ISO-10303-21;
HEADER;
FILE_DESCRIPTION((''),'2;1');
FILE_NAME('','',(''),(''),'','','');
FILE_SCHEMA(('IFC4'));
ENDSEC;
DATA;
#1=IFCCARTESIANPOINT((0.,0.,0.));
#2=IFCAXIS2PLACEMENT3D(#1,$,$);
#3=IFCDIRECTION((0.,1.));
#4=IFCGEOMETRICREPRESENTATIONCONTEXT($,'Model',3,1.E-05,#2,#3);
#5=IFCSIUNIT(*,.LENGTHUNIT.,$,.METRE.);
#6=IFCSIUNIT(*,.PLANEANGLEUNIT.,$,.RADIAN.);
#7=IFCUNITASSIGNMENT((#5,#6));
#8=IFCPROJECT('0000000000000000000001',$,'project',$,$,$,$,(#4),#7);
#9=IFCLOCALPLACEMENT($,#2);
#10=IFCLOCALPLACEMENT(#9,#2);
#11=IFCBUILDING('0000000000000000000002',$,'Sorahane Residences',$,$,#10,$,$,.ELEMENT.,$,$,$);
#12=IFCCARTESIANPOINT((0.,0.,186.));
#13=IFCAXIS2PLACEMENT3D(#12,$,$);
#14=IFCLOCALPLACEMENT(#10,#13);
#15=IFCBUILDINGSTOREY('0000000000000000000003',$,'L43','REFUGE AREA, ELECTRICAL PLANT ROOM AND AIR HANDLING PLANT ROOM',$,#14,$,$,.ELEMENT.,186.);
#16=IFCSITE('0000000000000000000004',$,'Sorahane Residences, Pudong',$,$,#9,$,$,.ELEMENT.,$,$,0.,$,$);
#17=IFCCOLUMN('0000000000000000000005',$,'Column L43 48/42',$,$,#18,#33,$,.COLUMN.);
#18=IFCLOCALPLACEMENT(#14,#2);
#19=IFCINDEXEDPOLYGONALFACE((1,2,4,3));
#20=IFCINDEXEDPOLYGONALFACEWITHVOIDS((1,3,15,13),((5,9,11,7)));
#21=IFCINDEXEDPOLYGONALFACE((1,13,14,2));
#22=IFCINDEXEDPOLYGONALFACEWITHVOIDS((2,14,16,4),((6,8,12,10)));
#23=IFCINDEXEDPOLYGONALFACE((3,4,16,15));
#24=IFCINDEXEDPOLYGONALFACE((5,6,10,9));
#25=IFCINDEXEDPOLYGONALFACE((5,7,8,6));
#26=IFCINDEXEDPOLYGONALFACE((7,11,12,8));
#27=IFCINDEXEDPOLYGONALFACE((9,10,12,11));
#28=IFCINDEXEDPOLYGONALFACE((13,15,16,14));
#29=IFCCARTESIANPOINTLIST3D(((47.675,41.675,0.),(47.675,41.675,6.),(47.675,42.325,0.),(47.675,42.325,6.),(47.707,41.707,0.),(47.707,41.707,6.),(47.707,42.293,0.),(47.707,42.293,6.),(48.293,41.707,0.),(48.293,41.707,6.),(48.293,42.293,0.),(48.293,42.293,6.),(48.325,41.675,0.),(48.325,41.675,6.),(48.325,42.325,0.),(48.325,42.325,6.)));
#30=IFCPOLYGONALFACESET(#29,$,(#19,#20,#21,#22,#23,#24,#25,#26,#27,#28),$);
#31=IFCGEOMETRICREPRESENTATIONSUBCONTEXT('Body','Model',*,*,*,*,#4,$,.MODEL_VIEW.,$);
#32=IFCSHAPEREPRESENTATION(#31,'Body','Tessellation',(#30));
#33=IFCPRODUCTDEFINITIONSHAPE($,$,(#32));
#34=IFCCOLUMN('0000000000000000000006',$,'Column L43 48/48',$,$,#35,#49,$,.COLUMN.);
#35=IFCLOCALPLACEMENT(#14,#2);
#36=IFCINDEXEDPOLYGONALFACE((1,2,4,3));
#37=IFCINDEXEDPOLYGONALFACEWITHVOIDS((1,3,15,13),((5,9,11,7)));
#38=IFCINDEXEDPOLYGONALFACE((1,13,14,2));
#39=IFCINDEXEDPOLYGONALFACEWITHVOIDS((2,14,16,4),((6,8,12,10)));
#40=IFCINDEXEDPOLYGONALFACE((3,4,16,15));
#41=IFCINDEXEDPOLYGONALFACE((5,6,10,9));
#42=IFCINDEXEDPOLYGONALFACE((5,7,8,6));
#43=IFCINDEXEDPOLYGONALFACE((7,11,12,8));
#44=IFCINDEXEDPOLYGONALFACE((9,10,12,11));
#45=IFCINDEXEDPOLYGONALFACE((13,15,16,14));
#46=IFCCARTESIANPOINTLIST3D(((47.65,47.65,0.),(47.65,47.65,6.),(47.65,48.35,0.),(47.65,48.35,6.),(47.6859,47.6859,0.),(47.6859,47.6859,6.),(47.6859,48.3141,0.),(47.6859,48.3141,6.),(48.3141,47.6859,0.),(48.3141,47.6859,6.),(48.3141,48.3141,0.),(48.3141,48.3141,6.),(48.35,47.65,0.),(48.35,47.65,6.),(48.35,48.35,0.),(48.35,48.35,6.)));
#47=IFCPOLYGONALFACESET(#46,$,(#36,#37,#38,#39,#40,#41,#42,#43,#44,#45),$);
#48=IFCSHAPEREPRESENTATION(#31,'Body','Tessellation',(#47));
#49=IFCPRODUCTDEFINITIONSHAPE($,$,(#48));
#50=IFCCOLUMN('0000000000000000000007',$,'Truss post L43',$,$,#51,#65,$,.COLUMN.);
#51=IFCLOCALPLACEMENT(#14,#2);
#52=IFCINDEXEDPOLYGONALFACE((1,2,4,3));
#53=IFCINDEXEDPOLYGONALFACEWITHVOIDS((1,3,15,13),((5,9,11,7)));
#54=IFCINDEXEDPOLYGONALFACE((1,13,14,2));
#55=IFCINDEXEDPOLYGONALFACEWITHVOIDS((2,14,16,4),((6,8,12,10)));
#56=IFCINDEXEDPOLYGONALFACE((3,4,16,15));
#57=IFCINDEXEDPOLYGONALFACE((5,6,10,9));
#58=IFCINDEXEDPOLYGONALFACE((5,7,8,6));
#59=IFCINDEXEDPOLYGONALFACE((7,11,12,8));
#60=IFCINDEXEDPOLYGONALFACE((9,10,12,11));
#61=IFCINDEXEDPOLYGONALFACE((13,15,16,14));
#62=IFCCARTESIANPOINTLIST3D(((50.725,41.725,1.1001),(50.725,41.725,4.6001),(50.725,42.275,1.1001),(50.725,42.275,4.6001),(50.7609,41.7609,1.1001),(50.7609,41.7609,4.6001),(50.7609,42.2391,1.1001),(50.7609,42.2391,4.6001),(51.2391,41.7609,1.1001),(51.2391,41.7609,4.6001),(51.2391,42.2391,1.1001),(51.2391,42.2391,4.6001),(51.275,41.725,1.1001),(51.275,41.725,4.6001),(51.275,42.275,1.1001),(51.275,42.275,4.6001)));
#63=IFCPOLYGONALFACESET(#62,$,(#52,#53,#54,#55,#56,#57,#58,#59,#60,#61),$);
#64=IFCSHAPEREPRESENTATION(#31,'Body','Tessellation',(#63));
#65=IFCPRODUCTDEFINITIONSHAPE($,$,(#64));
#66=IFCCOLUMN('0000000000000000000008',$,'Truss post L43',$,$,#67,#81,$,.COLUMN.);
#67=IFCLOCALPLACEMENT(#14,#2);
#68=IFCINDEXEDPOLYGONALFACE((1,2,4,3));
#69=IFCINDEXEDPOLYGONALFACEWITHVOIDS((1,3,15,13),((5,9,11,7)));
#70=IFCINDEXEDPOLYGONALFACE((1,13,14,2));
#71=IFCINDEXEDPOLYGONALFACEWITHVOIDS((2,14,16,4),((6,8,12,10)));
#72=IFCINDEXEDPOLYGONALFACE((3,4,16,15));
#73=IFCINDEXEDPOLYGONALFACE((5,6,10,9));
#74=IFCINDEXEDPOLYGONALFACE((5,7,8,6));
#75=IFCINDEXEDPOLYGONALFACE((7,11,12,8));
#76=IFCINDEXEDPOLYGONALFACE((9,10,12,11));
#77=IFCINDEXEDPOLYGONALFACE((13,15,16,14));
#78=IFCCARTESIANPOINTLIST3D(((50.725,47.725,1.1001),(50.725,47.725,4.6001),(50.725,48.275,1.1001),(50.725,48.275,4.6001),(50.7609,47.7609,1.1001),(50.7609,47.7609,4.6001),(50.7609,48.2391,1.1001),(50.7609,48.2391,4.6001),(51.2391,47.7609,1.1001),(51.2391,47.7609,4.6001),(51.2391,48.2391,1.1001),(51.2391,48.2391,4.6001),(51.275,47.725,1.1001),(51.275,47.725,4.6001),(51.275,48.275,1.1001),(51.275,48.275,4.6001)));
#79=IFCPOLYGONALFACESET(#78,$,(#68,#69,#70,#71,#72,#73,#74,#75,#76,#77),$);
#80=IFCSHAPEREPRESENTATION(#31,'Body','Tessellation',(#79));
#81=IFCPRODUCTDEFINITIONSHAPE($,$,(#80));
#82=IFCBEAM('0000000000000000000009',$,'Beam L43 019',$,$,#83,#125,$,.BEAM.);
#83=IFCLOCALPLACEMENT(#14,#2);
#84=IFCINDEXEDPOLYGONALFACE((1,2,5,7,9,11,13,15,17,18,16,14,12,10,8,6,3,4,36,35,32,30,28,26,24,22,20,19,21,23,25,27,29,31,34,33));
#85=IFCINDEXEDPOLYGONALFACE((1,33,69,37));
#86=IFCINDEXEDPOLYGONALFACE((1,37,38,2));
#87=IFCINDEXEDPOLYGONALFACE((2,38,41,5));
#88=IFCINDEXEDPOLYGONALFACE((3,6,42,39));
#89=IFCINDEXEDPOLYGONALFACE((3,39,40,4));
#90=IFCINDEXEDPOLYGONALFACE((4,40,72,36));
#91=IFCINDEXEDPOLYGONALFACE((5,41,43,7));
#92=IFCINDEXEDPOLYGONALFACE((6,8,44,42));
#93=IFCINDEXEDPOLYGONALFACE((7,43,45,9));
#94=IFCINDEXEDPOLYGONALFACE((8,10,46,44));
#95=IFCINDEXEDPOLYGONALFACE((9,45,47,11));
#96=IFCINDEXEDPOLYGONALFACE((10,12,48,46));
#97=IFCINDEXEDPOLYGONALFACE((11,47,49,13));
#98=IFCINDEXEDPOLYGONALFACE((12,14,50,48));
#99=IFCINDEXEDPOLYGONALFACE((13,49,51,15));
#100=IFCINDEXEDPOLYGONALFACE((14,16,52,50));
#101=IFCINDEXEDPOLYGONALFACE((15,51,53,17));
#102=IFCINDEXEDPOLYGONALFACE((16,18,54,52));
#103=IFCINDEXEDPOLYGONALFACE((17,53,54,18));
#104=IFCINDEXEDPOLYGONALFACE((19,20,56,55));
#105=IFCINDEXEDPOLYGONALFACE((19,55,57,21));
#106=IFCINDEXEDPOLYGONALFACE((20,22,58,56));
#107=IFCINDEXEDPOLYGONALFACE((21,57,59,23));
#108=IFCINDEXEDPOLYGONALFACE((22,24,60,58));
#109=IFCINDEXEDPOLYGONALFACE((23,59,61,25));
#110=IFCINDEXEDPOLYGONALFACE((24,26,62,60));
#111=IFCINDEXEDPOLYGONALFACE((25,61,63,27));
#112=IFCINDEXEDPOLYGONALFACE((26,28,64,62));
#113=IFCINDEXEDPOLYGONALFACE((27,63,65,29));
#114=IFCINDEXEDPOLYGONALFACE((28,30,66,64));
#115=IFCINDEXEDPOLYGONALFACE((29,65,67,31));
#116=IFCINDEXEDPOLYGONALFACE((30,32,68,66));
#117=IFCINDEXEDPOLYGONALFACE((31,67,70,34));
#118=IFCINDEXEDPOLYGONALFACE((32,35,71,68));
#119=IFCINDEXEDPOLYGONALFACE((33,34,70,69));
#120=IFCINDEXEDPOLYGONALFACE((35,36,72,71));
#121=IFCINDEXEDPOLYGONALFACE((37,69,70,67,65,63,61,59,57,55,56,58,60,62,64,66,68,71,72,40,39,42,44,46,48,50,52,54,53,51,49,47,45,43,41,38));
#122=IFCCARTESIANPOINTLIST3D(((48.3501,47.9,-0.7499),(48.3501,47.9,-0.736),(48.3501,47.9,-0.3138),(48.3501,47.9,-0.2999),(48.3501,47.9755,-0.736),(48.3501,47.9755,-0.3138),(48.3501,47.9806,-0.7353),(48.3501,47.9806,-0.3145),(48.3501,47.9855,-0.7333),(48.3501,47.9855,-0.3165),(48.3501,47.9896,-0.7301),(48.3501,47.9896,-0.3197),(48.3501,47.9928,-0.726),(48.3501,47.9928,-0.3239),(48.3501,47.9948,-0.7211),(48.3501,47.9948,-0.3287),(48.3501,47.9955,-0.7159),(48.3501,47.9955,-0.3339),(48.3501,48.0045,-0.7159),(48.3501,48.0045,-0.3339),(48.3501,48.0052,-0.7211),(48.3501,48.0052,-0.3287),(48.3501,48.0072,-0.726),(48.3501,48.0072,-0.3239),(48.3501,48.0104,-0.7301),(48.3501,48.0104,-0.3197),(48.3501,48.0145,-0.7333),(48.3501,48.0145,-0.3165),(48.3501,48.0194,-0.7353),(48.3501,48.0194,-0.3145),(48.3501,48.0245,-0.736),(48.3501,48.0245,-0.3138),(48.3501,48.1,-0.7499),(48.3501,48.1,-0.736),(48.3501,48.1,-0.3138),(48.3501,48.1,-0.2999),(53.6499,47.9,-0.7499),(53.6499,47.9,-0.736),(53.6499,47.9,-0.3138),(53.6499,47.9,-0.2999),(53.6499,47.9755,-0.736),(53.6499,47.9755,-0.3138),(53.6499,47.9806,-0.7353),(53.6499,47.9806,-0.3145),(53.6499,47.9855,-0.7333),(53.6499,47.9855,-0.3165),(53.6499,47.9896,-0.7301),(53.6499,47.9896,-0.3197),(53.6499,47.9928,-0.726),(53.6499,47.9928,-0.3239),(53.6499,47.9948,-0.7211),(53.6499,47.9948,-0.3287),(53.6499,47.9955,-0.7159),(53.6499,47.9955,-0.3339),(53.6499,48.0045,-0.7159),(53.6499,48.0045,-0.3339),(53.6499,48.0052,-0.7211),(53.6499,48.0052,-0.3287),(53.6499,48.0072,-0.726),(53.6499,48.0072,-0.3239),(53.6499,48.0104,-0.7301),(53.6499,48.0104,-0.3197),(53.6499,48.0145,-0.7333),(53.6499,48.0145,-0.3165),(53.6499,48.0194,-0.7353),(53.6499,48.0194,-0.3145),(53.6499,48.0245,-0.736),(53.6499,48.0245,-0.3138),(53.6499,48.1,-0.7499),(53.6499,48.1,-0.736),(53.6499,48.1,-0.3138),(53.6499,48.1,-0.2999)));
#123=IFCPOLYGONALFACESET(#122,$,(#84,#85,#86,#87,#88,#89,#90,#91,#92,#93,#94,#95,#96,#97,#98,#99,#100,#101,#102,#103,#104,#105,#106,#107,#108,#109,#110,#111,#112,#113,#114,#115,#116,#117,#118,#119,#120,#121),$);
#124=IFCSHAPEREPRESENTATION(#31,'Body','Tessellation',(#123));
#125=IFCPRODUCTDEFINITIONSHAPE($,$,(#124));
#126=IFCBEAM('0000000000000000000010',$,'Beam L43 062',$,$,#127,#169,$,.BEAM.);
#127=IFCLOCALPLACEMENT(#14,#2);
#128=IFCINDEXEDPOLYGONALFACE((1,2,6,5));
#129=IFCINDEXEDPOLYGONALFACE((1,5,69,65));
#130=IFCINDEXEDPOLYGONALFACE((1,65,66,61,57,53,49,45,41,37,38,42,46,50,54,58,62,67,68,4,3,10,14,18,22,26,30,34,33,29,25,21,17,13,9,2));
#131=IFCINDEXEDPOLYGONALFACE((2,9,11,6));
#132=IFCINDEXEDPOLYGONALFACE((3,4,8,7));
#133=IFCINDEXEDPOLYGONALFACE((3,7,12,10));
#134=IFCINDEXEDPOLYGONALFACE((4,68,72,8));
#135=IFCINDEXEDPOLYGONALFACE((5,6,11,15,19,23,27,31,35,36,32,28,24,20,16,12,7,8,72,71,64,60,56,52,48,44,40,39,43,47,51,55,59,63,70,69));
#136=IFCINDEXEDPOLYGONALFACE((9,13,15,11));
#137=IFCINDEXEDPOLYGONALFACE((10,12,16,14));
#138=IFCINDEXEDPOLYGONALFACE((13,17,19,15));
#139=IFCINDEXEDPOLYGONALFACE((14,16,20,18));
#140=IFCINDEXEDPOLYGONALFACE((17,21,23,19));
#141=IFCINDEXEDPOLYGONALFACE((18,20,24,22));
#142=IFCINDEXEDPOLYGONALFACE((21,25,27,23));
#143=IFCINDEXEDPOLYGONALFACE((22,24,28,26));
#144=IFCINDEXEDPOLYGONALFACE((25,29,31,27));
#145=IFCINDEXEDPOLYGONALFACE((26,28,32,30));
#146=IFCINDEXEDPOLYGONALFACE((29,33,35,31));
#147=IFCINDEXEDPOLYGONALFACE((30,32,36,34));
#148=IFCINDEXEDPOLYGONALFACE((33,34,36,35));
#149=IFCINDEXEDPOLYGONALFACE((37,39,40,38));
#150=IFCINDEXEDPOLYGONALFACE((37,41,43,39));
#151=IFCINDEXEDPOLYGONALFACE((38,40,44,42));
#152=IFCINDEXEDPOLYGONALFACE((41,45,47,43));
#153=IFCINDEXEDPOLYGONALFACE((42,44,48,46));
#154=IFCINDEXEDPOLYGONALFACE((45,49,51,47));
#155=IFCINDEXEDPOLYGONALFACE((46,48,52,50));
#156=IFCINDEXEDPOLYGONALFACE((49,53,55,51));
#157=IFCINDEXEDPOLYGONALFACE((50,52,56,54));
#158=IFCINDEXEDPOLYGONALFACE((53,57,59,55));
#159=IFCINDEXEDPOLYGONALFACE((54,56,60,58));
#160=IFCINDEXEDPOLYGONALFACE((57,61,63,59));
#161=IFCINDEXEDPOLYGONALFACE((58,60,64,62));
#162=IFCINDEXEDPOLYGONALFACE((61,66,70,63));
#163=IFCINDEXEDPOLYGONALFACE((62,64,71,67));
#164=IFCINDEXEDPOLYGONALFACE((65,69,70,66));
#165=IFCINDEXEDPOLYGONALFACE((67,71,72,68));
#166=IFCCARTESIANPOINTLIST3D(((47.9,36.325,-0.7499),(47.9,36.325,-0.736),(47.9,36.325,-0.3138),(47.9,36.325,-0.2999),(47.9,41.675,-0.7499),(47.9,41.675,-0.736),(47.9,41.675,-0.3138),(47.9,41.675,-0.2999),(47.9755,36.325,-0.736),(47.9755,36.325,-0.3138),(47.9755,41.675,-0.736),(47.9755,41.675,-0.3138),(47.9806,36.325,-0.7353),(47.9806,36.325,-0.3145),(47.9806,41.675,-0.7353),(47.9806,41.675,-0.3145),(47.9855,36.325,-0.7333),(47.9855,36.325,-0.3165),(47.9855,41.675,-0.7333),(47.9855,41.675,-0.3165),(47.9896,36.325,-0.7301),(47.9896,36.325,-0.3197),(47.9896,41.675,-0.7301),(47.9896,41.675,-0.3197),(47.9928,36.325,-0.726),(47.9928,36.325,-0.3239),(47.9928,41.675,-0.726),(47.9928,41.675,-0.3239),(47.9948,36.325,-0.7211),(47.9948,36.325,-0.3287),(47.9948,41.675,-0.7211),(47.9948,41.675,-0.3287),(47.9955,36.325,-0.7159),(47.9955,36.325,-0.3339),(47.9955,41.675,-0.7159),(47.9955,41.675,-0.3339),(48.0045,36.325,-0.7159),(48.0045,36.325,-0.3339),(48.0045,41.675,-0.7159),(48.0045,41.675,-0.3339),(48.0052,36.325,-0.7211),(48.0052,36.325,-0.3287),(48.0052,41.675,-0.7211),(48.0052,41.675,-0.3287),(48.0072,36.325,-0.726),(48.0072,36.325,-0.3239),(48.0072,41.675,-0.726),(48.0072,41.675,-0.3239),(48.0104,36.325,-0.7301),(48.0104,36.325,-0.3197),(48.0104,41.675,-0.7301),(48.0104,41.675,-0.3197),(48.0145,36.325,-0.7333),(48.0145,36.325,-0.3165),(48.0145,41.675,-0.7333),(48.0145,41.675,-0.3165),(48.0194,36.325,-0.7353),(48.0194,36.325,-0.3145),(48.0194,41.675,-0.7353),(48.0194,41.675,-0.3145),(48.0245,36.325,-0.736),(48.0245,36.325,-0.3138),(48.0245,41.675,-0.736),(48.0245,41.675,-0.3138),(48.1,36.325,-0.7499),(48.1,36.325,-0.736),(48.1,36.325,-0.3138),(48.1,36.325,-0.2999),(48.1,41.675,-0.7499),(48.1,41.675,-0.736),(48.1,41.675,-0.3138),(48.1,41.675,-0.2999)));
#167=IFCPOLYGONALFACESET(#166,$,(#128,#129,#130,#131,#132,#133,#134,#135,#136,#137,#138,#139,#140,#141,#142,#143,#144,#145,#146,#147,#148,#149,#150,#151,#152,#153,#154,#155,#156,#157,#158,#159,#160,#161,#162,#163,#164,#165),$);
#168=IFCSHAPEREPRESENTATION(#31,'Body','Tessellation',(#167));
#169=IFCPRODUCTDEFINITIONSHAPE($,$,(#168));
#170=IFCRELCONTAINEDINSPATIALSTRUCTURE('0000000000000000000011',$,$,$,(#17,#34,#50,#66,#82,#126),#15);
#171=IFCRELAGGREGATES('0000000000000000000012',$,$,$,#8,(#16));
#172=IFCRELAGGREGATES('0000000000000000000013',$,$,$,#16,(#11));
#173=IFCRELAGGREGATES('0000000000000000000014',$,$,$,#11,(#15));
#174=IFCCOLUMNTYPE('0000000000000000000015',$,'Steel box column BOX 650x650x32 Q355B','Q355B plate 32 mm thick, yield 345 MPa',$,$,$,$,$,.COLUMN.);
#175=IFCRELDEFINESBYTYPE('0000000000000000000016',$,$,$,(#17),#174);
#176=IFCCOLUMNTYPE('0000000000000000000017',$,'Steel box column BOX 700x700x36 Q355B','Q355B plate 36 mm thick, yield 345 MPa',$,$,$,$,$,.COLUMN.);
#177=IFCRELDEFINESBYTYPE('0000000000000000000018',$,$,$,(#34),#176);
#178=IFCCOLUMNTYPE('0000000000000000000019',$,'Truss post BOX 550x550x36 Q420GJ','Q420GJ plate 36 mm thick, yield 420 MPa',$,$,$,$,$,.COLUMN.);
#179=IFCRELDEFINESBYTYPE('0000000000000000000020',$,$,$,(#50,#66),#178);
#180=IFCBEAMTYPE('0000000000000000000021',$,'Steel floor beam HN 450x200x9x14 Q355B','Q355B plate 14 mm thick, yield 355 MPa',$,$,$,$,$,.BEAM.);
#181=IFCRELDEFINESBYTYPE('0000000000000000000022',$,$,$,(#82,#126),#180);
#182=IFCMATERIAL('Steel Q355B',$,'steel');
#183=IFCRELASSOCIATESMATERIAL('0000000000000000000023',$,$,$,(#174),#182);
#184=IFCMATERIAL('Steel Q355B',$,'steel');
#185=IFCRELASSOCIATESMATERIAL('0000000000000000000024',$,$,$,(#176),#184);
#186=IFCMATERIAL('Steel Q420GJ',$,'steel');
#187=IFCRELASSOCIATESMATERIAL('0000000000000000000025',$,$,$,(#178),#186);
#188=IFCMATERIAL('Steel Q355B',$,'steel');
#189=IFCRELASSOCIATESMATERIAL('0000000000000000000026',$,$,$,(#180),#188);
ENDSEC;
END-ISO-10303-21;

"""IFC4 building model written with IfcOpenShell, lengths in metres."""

from ifc_helpers import new_model, si_unit, direction, frame, origin, origin_2d, place, context, subcontext, project, spatial, hollow_rectangle, i_section, extrude, material, material_profile, profile_set, type_object, element, save


model = new_model("IFC4")

# Units and contexts
model_context = context("Model", 3, precision=1e-05, world=origin(), true_north=direction((0.0, 1.0)))
body_context = subcontext(model_context, "Body", "Model", "MODEL_VIEW")
ifc_project = project(units=[si_unit("LENGTHUNIT", "METRE"), si_unit("PLANEANGLEUNIT", "RADIAN")], contexts=[model_context])

# Site, building, storey
site_placement = place(None, origin())
site = spatial("IfcSite", under=ifc_project, at=site_placement, Name="Sorahane Residences, Pudong", CompositionType="ELEMENT", RefElevation=0.0)
building_placement = place(site_placement, origin())
building = spatial("IfcBuilding", under=site, at=building_placement, Name="Sorahane Residences", CompositionType="ELEMENT")
storey_placement = place(building_placement, frame((0.0, 0.0, 186.0)))
storey = spatial("IfcBuildingStorey", under=building, at=storey_placement, Name="L43", Description="REFUGE AREA, ELECTRICAL PLANT ROOM AND AIR HANDLING PLANT ROOM", CompositionType="ELEMENT", Elevation=186.0)

# Columns
ifc_material_1 = material(Name="Steel Q355B", Category="steel")
ifc_material_profile_1 = material_profile(ifc_material_1, hollow_rectangle(XDim=0.6499, YDim=0.6499, WallThickness=0.032, at=origin_2d()), Name="BOX 650x650x32")
ifc_profile_set_1 = profile_set([ifc_material_profile_1], Name="Steel Q355B")
column_type_1 = type_object("IfcColumnType", Name="Steel box column BOX 650x650x32 Q355B", Description="Q355B plate 32 mm thick, yield 345 MPa", PredefinedType="COLUMN", material=ifc_profile_set_1)
column_1_placement = place(storey_placement, frame((48.0, 42.0, 0.0), z_axis=(0.0, 0.0, 1.0), x_axis=(1.0, 0.0, 0.0)))
element("IfcColumn", 1, at=column_1_placement, inside=storey, type_object=column_type_1, Name="Column L43 48/42", PredefinedType="COLUMN", context=body_context, shape_type="SweptSolid", body=[
    extrude(hollow_rectangle(XDim=0.6499, YDim=0.6499, WallThickness=0.032, at=origin_2d()), origin(), (0.0, 0.0, 1.0), 6.0),
])
ifc_material_2 = material(Name="Steel Q355B", Category="steel")
ifc_material_profile_2 = material_profile(ifc_material_2, hollow_rectangle(XDim=0.7, YDim=0.7, WallThickness=0.0359, at=origin_2d()), Name="BOX 700x700x36")
ifc_profile_set_2 = profile_set([ifc_material_profile_2], Name="Steel Q355B")
column_type_2 = type_object("IfcColumnType", Name="Steel box column BOX 700x700x36 Q355B", Description="Q355B plate 36 mm thick, yield 345 MPa", PredefinedType="COLUMN", material=ifc_profile_set_2)
column_2_placement = place(storey_placement, frame((48.0, 48.0, 0.0), z_axis=(0.0, 0.0, 1.0), x_axis=(1.0, 0.0, 0.0)))
element("IfcColumn", 2, at=column_2_placement, inside=storey, type_object=column_type_2, Name="Column L43 48/48", PredefinedType="COLUMN", context=body_context, shape_type="SweptSolid", body=[
    extrude(hollow_rectangle(XDim=0.7, YDim=0.7, WallThickness=0.0359, at=origin_2d()), origin(), (0.0, 0.0, 1.0), 6.0),
])
ifc_material_3 = material(Name="Steel Q420GJ", Category="steel")
ifc_material_profile_3 = material_profile(ifc_material_3, hollow_rectangle(XDim=0.55, YDim=0.55, WallThickness=0.0359, at=origin_2d()), Name="BOX 550x550x36")
ifc_profile_set_3 = profile_set([ifc_material_profile_3], Name="Steel Q420GJ")
column_type_3 = type_object("IfcColumnType", Name="Truss post BOX 550x550x36 Q420GJ", Description="Q420GJ plate 36 mm thick, yield 420 MPa", PredefinedType="COLUMN", material=ifc_profile_set_3)
for number, where, z_axis, x_axis, name in (
    (3, (51.0, 42.0, 1.1001), (0.0, 0.0, 1.0), (1.0, 0.0, 0.0), "Truss post L43"),
    (4, (51.0, 48.0, 1.1001), (0.0, 0.0, 1.0), (1.0, 0.0, 0.0), "Truss post L43"),
):
    element("IfcColumn", number, at=place(storey_placement, frame(where, z_axis=z_axis, x_axis=x_axis)), inside=storey, type_object=column_type_3, Name=name, PredefinedType="COLUMN", context=body_context, shape_type="SweptSolid", body=[
        extrude(hollow_rectangle(XDim=0.55, YDim=0.55, WallThickness=0.0359, at=origin_2d()), origin(), (0.0, 0.0, 1.0), 3.5),
    ])

# Beams
ifc_material_4 = material(Name="Steel Q355B", Category="steel")
ifc_material_profile_4 = material_profile(ifc_material_4, i_section(OverallWidth=0.2, OverallDepth=0.45, WebThickness=0.009, FlangeThickness=0.0139, FilletRadius=0.02, at=origin_2d()), Name="HN 450x200x9x14")
ifc_profile_set_4 = profile_set([ifc_material_profile_4], Name="Steel Q355B")
beam_type_1 = type_object("IfcBeamType", Name="Steel floor beam HN 450x200x9x14 Q355B", Description="Q355B plate 14 mm thick, yield 355 MPa", PredefinedType="BEAM", material=ifc_profile_set_4)
beam_1_placement = place(storey_placement, frame((48.3501, 48.0, -0.5249), z_axis=(1.0, 0.0, 0.0), x_axis=(0.0, 1.0, 0.0)))
element("IfcBeam", 5, at=beam_1_placement, inside=storey, type_object=beam_type_1, Name="Beam L43 019", PredefinedType="BEAM", context=body_context, shape_type="SweptSolid", body=[
    extrude(i_section(OverallWidth=0.2, OverallDepth=0.45, WebThickness=0.009, FlangeThickness=0.0139, FilletRadius=0.02, at=origin_2d()), origin(), (0.0, 0.0, 1.0), 5.2998),
])
beam_2_placement = place(storey_placement, frame((48.0, 36.325, -0.5249), z_axis=(0.0, 1.0, 0.0), x_axis=(-1.0, 0.0, 0.0)))
element("IfcBeam", 6, at=beam_2_placement, inside=storey, type_object=beam_type_1, Name="Beam L43 062", PredefinedType="BEAM", context=body_context, shape_type="SweptSolid", body=[
    extrude(i_section(OverallWidth=0.2, OverallDepth=0.45, WebThickness=0.009, FlangeThickness=0.0139, FilletRadius=0.02, at=origin_2d()), origin(), (0.0, 0.0, 1.0), 5.3501),
])

save(model, "model.ifc")
